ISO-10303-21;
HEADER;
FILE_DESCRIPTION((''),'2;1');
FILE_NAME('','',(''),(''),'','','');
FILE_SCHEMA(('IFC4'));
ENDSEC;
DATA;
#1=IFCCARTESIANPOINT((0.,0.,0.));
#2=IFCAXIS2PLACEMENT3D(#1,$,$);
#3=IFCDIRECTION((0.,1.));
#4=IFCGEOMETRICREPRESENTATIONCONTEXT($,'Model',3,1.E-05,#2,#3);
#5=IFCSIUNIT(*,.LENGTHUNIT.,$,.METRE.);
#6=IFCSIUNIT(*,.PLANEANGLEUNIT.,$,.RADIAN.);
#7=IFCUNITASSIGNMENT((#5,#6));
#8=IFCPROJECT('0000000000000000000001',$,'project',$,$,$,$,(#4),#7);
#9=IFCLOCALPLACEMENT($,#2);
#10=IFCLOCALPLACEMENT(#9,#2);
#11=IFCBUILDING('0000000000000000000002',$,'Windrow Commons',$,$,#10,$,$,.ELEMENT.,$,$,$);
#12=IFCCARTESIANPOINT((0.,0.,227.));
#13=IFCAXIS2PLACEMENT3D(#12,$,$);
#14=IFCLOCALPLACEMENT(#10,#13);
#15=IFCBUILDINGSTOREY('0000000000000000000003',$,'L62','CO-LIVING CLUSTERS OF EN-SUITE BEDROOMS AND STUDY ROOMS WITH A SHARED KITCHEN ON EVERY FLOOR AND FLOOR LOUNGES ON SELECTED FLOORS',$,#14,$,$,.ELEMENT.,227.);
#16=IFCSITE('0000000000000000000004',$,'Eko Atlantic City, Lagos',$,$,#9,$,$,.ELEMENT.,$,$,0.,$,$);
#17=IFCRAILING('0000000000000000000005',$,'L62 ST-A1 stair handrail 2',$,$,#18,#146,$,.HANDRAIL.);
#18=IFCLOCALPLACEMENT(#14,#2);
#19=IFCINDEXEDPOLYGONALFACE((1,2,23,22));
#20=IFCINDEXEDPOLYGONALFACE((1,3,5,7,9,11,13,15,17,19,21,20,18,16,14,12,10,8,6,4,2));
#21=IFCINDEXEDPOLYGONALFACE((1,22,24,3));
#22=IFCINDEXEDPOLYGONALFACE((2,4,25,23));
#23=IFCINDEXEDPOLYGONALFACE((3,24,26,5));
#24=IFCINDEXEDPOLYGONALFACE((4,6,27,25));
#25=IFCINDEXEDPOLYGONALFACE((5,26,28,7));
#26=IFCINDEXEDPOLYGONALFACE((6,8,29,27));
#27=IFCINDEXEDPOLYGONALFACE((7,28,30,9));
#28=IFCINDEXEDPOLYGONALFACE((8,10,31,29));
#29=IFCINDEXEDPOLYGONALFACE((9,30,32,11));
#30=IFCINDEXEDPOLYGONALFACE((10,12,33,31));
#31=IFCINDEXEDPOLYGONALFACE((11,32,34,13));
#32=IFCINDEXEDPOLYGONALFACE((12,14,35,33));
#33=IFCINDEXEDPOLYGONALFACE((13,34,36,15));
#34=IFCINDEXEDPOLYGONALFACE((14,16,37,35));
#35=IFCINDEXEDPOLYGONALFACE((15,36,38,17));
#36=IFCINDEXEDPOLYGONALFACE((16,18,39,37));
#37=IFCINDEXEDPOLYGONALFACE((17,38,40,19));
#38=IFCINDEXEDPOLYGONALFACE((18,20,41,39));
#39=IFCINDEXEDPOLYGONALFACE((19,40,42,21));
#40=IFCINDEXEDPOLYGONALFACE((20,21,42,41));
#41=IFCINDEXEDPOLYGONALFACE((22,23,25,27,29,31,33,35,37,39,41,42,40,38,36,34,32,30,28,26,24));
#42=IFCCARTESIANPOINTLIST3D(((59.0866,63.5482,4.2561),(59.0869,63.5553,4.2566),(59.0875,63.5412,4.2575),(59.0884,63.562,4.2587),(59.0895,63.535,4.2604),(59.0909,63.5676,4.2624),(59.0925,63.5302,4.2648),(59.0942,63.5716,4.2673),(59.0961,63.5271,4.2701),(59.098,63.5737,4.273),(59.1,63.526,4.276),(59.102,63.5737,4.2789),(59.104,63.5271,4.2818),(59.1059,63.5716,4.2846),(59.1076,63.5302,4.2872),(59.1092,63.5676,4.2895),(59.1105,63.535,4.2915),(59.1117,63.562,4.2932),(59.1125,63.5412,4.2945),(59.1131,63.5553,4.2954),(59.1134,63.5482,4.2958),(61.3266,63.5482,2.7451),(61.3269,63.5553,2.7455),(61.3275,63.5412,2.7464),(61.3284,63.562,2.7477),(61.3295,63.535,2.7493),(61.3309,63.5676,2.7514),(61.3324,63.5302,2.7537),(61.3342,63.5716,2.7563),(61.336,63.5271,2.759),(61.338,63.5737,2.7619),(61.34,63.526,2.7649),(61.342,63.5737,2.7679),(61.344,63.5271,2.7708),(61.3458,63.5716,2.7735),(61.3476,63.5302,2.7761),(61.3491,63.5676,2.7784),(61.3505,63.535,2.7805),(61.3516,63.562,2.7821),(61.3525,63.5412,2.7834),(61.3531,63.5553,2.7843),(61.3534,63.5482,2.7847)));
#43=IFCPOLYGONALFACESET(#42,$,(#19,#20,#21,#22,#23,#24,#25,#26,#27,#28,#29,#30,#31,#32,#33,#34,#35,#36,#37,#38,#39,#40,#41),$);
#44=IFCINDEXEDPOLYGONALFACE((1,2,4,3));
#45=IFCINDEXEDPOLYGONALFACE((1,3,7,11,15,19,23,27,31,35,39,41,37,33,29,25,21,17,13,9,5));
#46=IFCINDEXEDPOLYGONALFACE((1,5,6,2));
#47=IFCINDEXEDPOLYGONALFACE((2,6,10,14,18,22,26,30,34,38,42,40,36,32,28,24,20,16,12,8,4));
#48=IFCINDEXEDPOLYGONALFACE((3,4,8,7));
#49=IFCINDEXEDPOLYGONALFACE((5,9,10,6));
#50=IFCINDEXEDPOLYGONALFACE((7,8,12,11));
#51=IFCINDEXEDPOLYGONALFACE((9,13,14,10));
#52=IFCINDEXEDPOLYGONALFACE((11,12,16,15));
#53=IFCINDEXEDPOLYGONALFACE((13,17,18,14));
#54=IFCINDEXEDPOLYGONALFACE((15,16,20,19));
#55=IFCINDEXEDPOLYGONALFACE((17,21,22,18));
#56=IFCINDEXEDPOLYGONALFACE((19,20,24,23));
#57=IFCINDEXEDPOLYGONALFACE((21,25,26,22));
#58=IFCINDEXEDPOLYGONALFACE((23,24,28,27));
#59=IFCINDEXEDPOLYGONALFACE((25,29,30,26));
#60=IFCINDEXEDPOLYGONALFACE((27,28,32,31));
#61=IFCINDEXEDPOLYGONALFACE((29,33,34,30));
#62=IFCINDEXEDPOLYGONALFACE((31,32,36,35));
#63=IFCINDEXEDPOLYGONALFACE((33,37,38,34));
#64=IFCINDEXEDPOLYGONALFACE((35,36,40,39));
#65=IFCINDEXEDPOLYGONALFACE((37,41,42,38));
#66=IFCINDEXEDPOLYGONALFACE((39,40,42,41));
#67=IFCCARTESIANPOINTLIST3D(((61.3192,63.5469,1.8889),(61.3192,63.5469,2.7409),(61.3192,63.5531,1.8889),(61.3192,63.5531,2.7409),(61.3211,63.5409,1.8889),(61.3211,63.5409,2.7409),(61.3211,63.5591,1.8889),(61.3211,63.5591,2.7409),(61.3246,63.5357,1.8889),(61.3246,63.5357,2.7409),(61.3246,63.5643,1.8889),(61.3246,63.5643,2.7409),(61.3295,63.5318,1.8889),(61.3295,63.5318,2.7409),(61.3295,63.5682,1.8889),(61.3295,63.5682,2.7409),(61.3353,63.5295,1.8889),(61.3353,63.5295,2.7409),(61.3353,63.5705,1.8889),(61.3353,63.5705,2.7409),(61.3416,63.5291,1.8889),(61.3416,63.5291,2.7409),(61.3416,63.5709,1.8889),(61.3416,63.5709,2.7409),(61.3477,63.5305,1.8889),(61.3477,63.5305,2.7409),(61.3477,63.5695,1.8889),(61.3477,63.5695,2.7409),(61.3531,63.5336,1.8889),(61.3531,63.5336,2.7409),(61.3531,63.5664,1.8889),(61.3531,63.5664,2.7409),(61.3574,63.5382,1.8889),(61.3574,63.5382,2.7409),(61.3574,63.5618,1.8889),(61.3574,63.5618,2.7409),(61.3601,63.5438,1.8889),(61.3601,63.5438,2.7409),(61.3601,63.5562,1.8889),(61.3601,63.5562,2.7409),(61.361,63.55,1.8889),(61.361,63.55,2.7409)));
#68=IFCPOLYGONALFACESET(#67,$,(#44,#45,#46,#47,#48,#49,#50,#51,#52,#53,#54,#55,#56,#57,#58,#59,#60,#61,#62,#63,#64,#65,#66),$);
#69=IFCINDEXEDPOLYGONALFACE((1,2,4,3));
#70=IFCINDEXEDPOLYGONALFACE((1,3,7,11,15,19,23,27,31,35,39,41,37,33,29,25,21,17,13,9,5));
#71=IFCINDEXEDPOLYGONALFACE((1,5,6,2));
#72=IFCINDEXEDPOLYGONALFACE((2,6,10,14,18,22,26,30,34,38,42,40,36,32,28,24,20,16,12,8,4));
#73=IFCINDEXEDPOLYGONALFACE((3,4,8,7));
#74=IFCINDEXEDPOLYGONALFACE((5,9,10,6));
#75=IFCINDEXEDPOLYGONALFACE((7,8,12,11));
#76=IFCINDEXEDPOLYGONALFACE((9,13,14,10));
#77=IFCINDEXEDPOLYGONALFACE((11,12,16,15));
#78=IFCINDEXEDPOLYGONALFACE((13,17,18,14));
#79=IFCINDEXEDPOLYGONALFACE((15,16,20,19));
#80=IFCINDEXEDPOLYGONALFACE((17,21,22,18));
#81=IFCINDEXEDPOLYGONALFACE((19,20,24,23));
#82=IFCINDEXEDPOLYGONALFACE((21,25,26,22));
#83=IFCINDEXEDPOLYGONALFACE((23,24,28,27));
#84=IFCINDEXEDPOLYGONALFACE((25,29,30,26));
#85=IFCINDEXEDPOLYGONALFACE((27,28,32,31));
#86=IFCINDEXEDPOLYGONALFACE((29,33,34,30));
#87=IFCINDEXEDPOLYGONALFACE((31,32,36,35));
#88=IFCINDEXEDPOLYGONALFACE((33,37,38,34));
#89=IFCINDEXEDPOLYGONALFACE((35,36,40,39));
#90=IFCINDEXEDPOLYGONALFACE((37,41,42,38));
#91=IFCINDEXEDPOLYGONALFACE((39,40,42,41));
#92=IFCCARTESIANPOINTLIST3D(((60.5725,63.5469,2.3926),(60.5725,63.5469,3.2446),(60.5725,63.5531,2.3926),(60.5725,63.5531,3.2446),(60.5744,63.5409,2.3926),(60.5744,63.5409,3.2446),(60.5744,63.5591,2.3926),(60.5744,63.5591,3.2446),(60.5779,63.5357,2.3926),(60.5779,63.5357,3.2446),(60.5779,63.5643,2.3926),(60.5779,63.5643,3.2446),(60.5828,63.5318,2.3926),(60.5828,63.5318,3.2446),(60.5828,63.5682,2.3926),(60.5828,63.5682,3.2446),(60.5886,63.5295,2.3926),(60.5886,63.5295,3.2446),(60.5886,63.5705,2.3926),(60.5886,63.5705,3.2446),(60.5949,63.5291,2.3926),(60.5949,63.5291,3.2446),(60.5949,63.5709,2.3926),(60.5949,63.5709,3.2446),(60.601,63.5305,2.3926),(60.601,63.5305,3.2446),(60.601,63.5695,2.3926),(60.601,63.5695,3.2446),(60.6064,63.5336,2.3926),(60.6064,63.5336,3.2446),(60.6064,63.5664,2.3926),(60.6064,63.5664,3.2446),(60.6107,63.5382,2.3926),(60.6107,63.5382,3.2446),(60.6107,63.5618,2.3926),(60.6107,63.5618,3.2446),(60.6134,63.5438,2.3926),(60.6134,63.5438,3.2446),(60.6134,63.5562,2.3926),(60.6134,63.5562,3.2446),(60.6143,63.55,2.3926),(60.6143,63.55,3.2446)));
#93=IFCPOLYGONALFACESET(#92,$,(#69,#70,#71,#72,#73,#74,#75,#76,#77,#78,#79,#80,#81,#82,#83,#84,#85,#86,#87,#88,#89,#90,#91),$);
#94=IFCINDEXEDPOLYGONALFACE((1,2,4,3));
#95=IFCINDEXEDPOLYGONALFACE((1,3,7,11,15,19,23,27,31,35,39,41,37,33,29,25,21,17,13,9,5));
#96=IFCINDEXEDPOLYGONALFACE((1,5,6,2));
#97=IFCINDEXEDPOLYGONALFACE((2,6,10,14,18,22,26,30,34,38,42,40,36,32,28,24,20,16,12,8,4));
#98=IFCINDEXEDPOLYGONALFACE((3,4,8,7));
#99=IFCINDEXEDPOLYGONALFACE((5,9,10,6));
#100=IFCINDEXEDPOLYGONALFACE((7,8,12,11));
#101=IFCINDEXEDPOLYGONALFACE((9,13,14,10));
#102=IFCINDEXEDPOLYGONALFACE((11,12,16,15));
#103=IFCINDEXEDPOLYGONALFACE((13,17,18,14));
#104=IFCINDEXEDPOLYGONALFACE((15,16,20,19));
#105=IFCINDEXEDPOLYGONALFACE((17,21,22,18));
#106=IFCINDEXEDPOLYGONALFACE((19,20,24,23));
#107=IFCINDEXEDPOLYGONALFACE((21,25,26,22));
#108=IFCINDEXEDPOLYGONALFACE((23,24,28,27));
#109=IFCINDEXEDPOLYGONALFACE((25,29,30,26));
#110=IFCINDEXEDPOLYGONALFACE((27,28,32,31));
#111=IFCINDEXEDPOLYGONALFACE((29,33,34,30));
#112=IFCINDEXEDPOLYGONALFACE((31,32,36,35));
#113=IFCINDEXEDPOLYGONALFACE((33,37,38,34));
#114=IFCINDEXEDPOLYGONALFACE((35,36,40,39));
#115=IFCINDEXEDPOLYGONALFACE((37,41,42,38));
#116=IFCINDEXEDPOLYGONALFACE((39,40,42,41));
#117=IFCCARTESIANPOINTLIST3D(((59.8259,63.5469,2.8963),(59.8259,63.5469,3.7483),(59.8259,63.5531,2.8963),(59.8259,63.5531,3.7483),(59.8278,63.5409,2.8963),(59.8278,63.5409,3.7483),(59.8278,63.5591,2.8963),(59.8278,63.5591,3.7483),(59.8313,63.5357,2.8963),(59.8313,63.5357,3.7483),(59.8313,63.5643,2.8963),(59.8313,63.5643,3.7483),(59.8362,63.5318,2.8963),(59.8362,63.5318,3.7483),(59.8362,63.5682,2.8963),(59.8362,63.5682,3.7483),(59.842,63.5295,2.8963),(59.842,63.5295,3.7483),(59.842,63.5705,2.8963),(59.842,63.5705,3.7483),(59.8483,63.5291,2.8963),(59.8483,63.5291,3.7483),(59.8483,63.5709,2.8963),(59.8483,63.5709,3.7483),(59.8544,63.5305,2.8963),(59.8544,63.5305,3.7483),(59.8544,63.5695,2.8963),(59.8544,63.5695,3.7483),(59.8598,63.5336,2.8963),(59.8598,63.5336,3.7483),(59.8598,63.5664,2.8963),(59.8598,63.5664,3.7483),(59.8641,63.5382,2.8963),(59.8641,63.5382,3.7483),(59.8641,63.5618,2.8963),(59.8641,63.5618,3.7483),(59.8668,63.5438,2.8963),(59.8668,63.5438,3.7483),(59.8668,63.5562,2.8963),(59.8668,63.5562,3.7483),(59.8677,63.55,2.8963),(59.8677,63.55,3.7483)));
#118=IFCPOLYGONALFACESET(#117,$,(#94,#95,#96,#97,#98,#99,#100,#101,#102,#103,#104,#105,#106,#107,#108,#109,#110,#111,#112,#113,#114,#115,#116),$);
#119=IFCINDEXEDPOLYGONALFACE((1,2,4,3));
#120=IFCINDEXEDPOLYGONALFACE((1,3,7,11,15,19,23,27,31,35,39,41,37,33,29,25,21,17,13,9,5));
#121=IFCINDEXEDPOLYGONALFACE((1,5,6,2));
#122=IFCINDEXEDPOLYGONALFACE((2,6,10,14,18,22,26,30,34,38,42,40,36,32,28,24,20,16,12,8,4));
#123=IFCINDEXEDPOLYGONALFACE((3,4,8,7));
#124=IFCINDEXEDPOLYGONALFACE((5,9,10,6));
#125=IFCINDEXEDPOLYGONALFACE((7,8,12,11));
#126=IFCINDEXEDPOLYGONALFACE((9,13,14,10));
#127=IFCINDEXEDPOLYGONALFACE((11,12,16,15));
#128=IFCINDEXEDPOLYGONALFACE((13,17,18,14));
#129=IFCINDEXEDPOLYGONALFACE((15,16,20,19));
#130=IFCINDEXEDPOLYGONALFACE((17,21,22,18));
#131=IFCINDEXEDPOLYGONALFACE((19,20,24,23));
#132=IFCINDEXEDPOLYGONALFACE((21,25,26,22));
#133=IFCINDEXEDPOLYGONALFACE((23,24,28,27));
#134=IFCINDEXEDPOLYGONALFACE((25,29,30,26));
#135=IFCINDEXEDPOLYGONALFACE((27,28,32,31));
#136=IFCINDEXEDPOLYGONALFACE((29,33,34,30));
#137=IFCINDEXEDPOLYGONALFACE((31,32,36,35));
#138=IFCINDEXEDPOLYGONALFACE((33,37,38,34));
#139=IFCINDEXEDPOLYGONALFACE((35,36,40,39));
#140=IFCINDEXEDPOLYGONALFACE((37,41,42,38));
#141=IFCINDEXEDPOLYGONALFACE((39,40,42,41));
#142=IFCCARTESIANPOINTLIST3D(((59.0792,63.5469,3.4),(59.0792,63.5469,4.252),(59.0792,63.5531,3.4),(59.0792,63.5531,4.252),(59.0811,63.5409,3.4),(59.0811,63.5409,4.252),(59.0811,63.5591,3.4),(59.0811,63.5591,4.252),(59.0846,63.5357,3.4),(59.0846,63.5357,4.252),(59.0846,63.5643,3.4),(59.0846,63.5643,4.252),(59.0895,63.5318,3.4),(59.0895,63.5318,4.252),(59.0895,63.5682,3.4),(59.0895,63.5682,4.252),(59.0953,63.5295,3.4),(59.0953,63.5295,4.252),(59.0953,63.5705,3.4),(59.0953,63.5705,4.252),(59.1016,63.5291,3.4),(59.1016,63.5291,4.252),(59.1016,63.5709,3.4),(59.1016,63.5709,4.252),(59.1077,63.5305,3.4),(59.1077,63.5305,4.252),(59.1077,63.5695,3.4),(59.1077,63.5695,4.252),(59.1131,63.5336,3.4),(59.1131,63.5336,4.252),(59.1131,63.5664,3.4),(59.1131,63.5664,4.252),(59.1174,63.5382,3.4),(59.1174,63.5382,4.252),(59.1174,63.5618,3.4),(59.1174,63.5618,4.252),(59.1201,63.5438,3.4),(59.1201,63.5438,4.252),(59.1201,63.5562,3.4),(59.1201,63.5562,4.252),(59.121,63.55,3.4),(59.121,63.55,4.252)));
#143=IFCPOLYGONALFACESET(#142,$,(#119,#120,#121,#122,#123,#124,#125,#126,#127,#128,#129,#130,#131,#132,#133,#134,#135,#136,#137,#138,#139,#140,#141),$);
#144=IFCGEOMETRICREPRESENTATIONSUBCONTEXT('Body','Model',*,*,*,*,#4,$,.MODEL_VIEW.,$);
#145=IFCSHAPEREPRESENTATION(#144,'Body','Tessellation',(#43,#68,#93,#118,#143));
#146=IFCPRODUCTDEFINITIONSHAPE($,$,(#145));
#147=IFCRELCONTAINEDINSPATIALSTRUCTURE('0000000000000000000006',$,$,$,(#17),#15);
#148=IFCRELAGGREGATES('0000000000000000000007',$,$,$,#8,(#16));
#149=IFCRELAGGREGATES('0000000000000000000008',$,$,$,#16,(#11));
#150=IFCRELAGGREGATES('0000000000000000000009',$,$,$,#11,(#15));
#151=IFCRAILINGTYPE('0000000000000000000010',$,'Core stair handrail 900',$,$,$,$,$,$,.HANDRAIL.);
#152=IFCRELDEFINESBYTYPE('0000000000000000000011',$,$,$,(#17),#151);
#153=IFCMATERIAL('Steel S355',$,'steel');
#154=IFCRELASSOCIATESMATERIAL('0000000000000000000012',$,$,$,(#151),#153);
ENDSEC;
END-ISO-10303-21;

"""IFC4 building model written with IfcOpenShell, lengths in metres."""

from ifc_helpers import new_model, si_unit, direction, frame, origin, origin_2d, place, context, subcontext, project, spatial, circle, extrude, material, type_object, element, save


model = new_model("IFC4")

# Units and contexts
model_context = context("Model", 3, precision=1e-05, world=origin(), true_north=direction((0.0, 1.0)))
body_context = subcontext(model_context, "Body", "Model", "MODEL_VIEW")
ifc_project = project(units=[si_unit("LENGTHUNIT", "METRE"), si_unit("PLANEANGLEUNIT", "RADIAN")], contexts=[model_context])

# Site, building, storey
site_placement = place(None, origin())
site = spatial("IfcSite", under=ifc_project, at=site_placement, Name="Eko Atlantic City, Lagos", CompositionType="ELEMENT", RefElevation=0.0)
building_placement = place(site_placement, origin())
building = spatial("IfcBuilding", under=site, at=building_placement, Name="Windrow Commons", CompositionType="ELEMENT")
storey_placement = place(building_placement, frame((0.0, 0.0, 227.0)))
storey = spatial("IfcBuildingStorey", under=building, at=storey_placement, Name="L62", Description="CO-LIVING CLUSTERS OF EN-SUITE BEDROOMS AND STUDY ROOMS WITH A SHARED KITCHEN ON EVERY FLOOR AND FLOOR LOUNGES ON SELECTED FLOORS", CompositionType="ELEMENT", Elevation=227.0)

# Railing
ifc_material_1 = material(Name="Steel S355", Category="steel")
railing_type_1 = type_object("IfcRailingType", Name="Core stair handrail 900", PredefinedType="HANDRAIL", material=ifc_material_1)
railing_1_placement = place(storey_placement, frame((61.34, 63.55, 1.8889)))
element("IfcRailing", 1, at=railing_1_placement, inside=storey, type_object=railing_type_1, Name="L62 ST-A1 stair handrail 2", PredefinedType="HANDRAIL", context=body_context, shape_type="SweptSolid", body=[
    extrude(circle(Radius=0.024, at=origin_2d()), frame((0.0, 0.0, 0.876), z_axis=(-0.829003, 0.0, 0.559244), x_axis=(0.0, -1.0, 0.0)), (0.0, 0.0, 1.0), 2.702),
    extrude(circle(Radius=0.021, at=origin_2d()), origin(), (0.0, 0.0, 1.0), 0.852),
    extrude(circle(Radius=0.021, at=origin_2d()), frame((-0.7467, 0.0, 0.5037)), (0.0, 0.0, 1.0), 0.852),
    extrude(circle(Radius=0.021, at=origin_2d()), frame((-1.4933, 0.0, 1.0074)), (0.0, 0.0, 1.0), 0.852),
    extrude(circle(Radius=0.021, at=origin_2d()), frame((-2.24, 0.0, 1.5111)), (0.0, 0.0, 1.0), 0.852),
])

save(model, "model.ifc")
